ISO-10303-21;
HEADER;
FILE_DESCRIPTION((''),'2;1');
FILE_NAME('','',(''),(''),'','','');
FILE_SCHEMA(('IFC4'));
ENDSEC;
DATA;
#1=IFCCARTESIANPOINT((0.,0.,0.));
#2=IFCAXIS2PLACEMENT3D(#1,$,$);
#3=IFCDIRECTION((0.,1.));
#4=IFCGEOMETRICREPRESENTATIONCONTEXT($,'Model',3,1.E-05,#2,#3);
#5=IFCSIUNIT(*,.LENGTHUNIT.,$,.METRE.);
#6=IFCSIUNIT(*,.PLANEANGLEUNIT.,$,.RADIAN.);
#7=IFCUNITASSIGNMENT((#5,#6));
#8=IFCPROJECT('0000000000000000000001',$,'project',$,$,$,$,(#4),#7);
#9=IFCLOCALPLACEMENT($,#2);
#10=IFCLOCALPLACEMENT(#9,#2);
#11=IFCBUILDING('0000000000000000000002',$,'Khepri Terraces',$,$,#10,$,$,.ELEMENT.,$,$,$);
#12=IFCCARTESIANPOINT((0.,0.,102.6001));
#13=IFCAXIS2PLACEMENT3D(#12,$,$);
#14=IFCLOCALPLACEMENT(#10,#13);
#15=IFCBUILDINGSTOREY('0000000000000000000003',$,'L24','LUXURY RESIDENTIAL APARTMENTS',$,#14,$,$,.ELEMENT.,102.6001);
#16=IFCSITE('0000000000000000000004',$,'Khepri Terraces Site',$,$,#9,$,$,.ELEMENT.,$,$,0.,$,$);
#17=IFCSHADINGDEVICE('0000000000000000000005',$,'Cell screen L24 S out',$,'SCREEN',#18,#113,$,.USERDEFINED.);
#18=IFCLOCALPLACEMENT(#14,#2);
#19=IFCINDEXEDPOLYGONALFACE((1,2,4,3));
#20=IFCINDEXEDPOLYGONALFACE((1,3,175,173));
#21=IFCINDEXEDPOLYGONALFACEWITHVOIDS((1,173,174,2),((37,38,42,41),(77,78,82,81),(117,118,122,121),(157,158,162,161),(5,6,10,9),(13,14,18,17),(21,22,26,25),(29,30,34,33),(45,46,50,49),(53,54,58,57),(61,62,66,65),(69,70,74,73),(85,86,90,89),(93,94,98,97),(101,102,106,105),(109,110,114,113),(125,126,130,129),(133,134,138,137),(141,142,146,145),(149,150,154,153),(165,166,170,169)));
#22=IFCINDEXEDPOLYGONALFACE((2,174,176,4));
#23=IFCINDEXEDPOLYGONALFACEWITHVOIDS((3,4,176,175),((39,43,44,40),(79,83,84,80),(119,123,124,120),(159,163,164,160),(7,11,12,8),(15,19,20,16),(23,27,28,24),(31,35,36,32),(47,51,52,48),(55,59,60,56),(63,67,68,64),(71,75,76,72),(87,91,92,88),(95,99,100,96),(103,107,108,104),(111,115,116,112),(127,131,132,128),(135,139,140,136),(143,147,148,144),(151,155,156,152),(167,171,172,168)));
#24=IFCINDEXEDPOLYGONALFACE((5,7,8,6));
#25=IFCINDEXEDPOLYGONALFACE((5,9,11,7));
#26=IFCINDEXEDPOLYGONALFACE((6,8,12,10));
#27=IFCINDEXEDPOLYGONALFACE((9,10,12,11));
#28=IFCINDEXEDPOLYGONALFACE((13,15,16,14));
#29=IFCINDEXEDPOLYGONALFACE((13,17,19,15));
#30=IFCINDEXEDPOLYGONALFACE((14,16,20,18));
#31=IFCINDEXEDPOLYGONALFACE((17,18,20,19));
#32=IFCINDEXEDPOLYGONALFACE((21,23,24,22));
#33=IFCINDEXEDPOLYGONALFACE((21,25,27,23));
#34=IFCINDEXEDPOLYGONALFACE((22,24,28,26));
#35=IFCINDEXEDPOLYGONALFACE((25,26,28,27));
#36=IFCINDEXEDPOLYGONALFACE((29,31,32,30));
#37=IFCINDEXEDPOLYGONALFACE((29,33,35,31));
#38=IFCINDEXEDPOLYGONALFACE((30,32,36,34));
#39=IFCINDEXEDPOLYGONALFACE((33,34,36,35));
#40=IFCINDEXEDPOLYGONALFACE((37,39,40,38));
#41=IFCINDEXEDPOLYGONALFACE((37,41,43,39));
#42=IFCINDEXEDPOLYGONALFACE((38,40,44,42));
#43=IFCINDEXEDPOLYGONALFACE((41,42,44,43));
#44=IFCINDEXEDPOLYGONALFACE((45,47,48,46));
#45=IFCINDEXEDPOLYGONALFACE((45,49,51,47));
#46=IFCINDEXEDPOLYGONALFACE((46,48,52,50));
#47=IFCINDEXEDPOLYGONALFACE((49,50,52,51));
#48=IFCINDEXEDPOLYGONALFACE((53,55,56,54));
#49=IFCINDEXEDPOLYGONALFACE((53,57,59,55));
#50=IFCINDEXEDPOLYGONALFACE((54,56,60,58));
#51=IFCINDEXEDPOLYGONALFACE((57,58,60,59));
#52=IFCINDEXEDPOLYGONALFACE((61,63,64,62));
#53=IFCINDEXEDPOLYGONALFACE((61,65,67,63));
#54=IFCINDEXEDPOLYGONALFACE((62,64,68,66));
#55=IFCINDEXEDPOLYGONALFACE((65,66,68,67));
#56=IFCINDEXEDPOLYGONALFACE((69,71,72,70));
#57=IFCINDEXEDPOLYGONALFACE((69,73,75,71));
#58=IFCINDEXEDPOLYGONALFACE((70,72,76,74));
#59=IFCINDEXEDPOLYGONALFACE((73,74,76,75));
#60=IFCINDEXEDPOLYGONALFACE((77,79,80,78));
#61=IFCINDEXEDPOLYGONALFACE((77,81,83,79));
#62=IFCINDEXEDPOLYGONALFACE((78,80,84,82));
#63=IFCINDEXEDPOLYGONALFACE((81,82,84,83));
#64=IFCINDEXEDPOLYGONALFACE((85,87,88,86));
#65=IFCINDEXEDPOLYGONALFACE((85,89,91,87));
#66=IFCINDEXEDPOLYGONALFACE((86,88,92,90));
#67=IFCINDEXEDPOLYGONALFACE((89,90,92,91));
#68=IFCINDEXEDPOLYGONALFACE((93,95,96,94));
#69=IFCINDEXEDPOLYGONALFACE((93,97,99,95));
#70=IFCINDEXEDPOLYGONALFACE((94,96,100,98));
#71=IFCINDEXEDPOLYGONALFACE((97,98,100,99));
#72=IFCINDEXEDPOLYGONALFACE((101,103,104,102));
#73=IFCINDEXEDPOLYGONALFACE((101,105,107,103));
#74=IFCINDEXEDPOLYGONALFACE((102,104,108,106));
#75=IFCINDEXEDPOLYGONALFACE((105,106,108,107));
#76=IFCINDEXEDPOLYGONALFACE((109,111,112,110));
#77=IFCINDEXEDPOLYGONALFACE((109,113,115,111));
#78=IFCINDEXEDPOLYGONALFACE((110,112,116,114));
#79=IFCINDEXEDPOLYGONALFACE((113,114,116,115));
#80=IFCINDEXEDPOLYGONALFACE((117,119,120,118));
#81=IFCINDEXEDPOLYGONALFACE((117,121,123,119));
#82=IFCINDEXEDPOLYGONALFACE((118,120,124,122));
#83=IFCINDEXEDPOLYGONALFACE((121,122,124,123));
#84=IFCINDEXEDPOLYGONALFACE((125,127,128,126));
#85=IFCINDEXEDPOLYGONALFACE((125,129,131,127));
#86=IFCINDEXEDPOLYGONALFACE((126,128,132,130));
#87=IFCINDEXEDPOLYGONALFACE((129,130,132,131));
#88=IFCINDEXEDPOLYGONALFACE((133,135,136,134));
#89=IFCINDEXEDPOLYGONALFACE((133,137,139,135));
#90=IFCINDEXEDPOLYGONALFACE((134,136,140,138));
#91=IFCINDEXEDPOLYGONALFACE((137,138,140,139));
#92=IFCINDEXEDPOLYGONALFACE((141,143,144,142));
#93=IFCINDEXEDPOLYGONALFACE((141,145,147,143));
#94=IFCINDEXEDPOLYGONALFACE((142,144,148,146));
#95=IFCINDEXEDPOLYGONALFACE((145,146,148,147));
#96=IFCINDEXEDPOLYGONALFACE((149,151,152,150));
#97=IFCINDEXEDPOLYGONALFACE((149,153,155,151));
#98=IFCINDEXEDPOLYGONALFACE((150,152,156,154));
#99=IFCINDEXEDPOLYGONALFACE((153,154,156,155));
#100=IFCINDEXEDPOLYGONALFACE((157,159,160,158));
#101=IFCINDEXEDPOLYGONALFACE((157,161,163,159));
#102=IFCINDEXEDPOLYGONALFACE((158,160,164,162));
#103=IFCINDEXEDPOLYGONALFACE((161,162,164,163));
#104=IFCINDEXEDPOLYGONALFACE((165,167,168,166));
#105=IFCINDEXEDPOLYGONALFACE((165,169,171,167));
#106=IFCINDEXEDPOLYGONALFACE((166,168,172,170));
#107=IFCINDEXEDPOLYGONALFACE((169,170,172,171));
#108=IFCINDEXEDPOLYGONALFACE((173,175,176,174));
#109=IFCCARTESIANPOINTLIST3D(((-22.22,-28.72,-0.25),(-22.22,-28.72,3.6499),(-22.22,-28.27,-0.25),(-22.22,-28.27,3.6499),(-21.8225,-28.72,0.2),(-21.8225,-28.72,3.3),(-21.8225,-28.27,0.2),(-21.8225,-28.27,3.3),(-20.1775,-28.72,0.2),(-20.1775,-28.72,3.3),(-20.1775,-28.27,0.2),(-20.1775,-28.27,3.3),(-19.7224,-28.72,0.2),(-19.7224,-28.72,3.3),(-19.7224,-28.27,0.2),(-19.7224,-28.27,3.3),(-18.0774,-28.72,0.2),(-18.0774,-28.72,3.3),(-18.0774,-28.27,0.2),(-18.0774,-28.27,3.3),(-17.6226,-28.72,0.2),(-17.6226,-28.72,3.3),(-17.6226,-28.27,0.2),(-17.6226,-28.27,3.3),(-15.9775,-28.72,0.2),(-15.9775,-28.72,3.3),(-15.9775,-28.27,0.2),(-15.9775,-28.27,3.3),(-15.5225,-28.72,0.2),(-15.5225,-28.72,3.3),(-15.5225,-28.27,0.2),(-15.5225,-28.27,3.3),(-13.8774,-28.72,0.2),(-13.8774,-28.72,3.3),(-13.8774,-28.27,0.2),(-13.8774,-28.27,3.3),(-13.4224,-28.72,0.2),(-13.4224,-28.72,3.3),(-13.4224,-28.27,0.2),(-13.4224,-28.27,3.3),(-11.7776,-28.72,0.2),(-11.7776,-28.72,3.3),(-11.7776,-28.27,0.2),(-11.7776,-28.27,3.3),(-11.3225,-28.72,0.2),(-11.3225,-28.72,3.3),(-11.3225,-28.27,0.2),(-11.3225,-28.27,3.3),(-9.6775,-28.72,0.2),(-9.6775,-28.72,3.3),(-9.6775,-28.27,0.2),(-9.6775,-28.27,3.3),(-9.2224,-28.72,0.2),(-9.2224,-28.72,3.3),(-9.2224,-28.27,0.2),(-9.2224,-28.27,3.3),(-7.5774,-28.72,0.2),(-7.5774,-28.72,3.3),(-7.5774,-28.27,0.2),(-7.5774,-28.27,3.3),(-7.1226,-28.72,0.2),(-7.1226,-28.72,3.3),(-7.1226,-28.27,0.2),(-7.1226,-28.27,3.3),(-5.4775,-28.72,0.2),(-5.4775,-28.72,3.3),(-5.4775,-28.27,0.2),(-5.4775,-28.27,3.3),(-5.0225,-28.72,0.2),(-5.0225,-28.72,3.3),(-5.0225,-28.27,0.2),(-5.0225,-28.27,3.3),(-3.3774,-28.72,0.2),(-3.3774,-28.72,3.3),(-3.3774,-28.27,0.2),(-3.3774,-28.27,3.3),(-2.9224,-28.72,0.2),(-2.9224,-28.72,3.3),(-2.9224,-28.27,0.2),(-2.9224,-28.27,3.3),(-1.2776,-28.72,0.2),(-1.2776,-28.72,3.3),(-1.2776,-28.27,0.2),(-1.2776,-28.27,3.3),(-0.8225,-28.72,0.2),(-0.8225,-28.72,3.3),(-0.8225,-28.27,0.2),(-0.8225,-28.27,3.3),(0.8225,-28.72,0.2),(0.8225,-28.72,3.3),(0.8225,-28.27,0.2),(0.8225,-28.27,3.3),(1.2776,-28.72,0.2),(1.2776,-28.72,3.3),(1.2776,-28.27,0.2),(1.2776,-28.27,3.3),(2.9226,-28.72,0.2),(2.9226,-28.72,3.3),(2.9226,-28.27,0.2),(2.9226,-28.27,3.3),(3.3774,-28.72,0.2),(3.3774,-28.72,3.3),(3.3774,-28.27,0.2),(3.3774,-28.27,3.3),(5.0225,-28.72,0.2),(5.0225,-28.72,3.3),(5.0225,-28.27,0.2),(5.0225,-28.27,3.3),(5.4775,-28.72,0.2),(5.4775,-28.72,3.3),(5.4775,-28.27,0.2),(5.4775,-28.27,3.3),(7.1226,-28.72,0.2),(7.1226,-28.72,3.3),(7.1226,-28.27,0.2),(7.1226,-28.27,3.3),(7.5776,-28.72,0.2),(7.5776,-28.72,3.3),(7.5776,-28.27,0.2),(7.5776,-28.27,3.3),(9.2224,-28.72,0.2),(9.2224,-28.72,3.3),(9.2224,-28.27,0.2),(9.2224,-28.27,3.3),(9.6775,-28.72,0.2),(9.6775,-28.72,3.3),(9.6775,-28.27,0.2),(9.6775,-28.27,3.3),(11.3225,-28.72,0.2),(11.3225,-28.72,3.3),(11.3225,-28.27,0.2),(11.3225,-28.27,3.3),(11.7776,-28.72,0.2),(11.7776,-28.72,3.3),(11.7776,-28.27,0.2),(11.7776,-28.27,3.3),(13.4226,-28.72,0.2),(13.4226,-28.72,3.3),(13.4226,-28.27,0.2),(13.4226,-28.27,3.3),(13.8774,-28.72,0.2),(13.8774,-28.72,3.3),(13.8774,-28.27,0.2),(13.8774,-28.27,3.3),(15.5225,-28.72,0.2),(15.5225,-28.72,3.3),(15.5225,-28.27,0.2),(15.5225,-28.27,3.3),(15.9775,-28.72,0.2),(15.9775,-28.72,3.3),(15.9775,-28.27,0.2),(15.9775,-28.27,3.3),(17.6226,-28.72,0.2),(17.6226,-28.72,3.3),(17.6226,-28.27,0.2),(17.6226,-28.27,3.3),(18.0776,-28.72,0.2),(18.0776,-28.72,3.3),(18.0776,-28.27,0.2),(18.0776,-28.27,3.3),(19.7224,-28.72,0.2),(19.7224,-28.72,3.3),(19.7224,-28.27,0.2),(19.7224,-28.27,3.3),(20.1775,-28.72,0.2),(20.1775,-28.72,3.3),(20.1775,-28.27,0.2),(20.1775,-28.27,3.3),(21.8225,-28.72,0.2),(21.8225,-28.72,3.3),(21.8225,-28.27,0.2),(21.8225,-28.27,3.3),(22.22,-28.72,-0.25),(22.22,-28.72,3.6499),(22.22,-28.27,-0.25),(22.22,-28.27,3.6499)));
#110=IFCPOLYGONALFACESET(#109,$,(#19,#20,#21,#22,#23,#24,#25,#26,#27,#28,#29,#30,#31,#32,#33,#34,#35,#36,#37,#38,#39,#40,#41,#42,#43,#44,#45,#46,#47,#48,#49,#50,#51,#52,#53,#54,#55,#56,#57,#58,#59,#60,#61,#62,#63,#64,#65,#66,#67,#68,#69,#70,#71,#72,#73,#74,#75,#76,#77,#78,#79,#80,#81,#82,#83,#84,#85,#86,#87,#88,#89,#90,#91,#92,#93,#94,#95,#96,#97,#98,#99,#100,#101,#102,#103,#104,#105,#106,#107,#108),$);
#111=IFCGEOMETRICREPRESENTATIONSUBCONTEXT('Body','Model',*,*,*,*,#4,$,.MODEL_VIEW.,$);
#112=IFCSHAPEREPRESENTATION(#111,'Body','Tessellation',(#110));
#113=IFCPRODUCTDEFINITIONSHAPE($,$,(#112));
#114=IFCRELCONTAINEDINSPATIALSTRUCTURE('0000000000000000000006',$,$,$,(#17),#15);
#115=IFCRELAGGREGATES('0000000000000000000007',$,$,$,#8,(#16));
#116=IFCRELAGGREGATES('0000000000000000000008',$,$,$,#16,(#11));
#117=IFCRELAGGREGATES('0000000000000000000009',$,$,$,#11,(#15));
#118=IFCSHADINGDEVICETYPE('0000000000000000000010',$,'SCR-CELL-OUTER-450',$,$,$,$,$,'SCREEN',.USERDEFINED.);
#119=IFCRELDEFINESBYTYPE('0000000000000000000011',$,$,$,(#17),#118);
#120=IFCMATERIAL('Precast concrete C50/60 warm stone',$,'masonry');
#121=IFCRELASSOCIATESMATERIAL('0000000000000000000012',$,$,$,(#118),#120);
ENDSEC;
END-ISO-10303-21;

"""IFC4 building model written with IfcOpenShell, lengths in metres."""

from ifc_helpers import new_model, si_unit, direction, frame, origin, place, context, subcontext, project, spatial, polyline, outline, extrude, material, type_object, element, save


model = new_model("IFC4")

# Units and contexts
model_context = context("Model", 3, precision=1e-05, world=origin(), true_north=direction((0.0, 1.0)))
body_context = subcontext(model_context, "Body", "Model", "MODEL_VIEW")
ifc_project = project(units=[si_unit("LENGTHUNIT", "METRE"), si_unit("PLANEANGLEUNIT", "RADIAN")], contexts=[model_context])

# Site, building, storey
site_placement = place(None, origin())
site = spatial("IfcSite", under=ifc_project, at=site_placement, Name="Khepri Terraces Site", CompositionType="ELEMENT", RefElevation=0.0)
building_placement = place(site_placement, origin())
building = spatial("IfcBuilding", under=site, at=building_placement, Name="Khepri Terraces", CompositionType="ELEMENT")
storey_placement = place(building_placement, frame((0.0, 0.0, 102.6001)))
storey = spatial("IfcBuildingStorey", under=building, at=storey_placement, Name="L24", Description="LUXURY RESIDENTIAL APARTMENTS", CompositionType="ELEMENT", Elevation=102.6001)

# Shared definitions
ifc_material_1 = material(Name="Precast concrete C50/60 warm stone", Category="masonry")

# Shading device
shading_device_type_1 = type_object("IfcShadingDeviceType", Name="SCR-CELL-OUTER-450", ElementType="SCREEN", PredefinedType="USERDEFINED", material=ifc_material_1)
shading_device_1_placement = place(storey_placement, frame((-22.22, -28.27, -0.25), z_axis=(0.0, -1.0, 0.0), x_axis=(1.0, 0.0, 0.0)))
element("IfcShadingDevice", 1, at=shading_device_1_placement, inside=storey, type_object=shading_device_type_1, Name="Cell screen L24 S out", ObjectType="SCREEN", PredefinedType="USERDEFINED", context=body_context, shape_type="SweptSolid", body=[
    extrude(outline(polyline([(0.0, 0.0), (44.4399, 0.0), (44.4399, 3.8999), (0.0, 3.8999), (0.0, 0.0)]), holes=[polyline([(0.3975, 0.45), (2.0425, 0.45), (2.0425, 3.55), (0.3975, 3.55), (0.3975, 0.45)]), polyline([(2.4976, 0.45), (4.1426, 0.45), (4.1426, 3.55), (2.4976, 3.55), (2.4976, 0.45)]), polyline([(4.5974, 0.45), (6.2424, 0.45), (6.2424, 3.55), (4.5974, 3.55), (4.5974, 0.45)]), polyline([(6.6975, 0.45), (8.3425, 0.45), (8.3425, 3.55), (6.6975, 3.55), (6.6975, 0.45)]), polyline([(8.7976, 0.45), (10.4424, 0.45), (10.4424, 3.55), (8.7976, 3.55), (8.7976, 0.45)]), polyline([(10.8975, 0.45), (12.5425, 0.45), (12.5425, 3.55), (10.8975, 3.55), (10.8975, 0.45)]), polyline([(12.9976, 0.45), (14.6426, 0.45), (14.6426, 3.55), (12.9976, 3.55), (12.9976, 0.45)]), polyline([(15.0974, 0.45), (16.7424, 0.45), (16.7424, 3.55), (15.0974, 3.55), (15.0974, 0.45)]), polyline([(17.1975, 0.45), (18.8425, 0.45), (18.8425, 3.55), (17.1975, 3.55), (17.1975, 0.45)]), polyline([(19.2976, 0.45), (20.9424, 0.45), (20.9424, 3.55), (19.2976, 3.55), (19.2976, 0.45)]), polyline([(21.3975, 0.45), (23.0425, 0.45), (23.0425, 3.55), (21.3975, 3.55), (21.3975, 0.45)]), polyline([(23.4976, 0.45), (25.1426, 0.45), (25.1426, 3.55), (23.4976, 3.55), (23.4976, 0.45)]), polyline([(25.5974, 0.45), (27.2424, 0.45), (27.2424, 3.55), (25.5974, 3.55), (25.5974, 0.45)]), polyline([(27.6975, 0.45), (29.3425, 0.45), (29.3425, 3.55), (27.6975, 3.55), (27.6975, 0.45)]), polyline([(29.7976, 0.45), (31.4424, 0.45), (31.4424, 3.55), (29.7976, 3.55), (29.7976, 0.45)]), polyline([(31.8975, 0.45), (33.5425, 0.45), (33.5425, 3.55), (31.8975, 3.55), (31.8975, 0.45)]), polyline([(33.9976, 0.45), (35.6426, 0.45), (35.6426, 3.55), (33.9976, 3.55), (33.9976, 0.45)]), polyline([(36.0974, 0.45), (37.7424, 0.45), (37.7424, 3.55), (36.0974, 3.55), (36.0974, 0.45)]), polyline([(38.1975, 0.45), (39.8425, 0.45), (39.8425, 3.55), (38.1975, 3.55), (38.1975, 0.45)]), polyline([(40.2976, 0.45), (41.9424, 0.45), (41.9424, 3.55), (40.2976, 3.55), (40.2976, 0.45)]), polyline([(42.3975, 0.45), (44.0425, 0.45), (44.0425, 3.55), (42.3975, 3.55), (42.3975, 0.45)])]), origin(), (0.0, 0.0, 1.0), 0.45),
])

save(model, "model.ifc")
